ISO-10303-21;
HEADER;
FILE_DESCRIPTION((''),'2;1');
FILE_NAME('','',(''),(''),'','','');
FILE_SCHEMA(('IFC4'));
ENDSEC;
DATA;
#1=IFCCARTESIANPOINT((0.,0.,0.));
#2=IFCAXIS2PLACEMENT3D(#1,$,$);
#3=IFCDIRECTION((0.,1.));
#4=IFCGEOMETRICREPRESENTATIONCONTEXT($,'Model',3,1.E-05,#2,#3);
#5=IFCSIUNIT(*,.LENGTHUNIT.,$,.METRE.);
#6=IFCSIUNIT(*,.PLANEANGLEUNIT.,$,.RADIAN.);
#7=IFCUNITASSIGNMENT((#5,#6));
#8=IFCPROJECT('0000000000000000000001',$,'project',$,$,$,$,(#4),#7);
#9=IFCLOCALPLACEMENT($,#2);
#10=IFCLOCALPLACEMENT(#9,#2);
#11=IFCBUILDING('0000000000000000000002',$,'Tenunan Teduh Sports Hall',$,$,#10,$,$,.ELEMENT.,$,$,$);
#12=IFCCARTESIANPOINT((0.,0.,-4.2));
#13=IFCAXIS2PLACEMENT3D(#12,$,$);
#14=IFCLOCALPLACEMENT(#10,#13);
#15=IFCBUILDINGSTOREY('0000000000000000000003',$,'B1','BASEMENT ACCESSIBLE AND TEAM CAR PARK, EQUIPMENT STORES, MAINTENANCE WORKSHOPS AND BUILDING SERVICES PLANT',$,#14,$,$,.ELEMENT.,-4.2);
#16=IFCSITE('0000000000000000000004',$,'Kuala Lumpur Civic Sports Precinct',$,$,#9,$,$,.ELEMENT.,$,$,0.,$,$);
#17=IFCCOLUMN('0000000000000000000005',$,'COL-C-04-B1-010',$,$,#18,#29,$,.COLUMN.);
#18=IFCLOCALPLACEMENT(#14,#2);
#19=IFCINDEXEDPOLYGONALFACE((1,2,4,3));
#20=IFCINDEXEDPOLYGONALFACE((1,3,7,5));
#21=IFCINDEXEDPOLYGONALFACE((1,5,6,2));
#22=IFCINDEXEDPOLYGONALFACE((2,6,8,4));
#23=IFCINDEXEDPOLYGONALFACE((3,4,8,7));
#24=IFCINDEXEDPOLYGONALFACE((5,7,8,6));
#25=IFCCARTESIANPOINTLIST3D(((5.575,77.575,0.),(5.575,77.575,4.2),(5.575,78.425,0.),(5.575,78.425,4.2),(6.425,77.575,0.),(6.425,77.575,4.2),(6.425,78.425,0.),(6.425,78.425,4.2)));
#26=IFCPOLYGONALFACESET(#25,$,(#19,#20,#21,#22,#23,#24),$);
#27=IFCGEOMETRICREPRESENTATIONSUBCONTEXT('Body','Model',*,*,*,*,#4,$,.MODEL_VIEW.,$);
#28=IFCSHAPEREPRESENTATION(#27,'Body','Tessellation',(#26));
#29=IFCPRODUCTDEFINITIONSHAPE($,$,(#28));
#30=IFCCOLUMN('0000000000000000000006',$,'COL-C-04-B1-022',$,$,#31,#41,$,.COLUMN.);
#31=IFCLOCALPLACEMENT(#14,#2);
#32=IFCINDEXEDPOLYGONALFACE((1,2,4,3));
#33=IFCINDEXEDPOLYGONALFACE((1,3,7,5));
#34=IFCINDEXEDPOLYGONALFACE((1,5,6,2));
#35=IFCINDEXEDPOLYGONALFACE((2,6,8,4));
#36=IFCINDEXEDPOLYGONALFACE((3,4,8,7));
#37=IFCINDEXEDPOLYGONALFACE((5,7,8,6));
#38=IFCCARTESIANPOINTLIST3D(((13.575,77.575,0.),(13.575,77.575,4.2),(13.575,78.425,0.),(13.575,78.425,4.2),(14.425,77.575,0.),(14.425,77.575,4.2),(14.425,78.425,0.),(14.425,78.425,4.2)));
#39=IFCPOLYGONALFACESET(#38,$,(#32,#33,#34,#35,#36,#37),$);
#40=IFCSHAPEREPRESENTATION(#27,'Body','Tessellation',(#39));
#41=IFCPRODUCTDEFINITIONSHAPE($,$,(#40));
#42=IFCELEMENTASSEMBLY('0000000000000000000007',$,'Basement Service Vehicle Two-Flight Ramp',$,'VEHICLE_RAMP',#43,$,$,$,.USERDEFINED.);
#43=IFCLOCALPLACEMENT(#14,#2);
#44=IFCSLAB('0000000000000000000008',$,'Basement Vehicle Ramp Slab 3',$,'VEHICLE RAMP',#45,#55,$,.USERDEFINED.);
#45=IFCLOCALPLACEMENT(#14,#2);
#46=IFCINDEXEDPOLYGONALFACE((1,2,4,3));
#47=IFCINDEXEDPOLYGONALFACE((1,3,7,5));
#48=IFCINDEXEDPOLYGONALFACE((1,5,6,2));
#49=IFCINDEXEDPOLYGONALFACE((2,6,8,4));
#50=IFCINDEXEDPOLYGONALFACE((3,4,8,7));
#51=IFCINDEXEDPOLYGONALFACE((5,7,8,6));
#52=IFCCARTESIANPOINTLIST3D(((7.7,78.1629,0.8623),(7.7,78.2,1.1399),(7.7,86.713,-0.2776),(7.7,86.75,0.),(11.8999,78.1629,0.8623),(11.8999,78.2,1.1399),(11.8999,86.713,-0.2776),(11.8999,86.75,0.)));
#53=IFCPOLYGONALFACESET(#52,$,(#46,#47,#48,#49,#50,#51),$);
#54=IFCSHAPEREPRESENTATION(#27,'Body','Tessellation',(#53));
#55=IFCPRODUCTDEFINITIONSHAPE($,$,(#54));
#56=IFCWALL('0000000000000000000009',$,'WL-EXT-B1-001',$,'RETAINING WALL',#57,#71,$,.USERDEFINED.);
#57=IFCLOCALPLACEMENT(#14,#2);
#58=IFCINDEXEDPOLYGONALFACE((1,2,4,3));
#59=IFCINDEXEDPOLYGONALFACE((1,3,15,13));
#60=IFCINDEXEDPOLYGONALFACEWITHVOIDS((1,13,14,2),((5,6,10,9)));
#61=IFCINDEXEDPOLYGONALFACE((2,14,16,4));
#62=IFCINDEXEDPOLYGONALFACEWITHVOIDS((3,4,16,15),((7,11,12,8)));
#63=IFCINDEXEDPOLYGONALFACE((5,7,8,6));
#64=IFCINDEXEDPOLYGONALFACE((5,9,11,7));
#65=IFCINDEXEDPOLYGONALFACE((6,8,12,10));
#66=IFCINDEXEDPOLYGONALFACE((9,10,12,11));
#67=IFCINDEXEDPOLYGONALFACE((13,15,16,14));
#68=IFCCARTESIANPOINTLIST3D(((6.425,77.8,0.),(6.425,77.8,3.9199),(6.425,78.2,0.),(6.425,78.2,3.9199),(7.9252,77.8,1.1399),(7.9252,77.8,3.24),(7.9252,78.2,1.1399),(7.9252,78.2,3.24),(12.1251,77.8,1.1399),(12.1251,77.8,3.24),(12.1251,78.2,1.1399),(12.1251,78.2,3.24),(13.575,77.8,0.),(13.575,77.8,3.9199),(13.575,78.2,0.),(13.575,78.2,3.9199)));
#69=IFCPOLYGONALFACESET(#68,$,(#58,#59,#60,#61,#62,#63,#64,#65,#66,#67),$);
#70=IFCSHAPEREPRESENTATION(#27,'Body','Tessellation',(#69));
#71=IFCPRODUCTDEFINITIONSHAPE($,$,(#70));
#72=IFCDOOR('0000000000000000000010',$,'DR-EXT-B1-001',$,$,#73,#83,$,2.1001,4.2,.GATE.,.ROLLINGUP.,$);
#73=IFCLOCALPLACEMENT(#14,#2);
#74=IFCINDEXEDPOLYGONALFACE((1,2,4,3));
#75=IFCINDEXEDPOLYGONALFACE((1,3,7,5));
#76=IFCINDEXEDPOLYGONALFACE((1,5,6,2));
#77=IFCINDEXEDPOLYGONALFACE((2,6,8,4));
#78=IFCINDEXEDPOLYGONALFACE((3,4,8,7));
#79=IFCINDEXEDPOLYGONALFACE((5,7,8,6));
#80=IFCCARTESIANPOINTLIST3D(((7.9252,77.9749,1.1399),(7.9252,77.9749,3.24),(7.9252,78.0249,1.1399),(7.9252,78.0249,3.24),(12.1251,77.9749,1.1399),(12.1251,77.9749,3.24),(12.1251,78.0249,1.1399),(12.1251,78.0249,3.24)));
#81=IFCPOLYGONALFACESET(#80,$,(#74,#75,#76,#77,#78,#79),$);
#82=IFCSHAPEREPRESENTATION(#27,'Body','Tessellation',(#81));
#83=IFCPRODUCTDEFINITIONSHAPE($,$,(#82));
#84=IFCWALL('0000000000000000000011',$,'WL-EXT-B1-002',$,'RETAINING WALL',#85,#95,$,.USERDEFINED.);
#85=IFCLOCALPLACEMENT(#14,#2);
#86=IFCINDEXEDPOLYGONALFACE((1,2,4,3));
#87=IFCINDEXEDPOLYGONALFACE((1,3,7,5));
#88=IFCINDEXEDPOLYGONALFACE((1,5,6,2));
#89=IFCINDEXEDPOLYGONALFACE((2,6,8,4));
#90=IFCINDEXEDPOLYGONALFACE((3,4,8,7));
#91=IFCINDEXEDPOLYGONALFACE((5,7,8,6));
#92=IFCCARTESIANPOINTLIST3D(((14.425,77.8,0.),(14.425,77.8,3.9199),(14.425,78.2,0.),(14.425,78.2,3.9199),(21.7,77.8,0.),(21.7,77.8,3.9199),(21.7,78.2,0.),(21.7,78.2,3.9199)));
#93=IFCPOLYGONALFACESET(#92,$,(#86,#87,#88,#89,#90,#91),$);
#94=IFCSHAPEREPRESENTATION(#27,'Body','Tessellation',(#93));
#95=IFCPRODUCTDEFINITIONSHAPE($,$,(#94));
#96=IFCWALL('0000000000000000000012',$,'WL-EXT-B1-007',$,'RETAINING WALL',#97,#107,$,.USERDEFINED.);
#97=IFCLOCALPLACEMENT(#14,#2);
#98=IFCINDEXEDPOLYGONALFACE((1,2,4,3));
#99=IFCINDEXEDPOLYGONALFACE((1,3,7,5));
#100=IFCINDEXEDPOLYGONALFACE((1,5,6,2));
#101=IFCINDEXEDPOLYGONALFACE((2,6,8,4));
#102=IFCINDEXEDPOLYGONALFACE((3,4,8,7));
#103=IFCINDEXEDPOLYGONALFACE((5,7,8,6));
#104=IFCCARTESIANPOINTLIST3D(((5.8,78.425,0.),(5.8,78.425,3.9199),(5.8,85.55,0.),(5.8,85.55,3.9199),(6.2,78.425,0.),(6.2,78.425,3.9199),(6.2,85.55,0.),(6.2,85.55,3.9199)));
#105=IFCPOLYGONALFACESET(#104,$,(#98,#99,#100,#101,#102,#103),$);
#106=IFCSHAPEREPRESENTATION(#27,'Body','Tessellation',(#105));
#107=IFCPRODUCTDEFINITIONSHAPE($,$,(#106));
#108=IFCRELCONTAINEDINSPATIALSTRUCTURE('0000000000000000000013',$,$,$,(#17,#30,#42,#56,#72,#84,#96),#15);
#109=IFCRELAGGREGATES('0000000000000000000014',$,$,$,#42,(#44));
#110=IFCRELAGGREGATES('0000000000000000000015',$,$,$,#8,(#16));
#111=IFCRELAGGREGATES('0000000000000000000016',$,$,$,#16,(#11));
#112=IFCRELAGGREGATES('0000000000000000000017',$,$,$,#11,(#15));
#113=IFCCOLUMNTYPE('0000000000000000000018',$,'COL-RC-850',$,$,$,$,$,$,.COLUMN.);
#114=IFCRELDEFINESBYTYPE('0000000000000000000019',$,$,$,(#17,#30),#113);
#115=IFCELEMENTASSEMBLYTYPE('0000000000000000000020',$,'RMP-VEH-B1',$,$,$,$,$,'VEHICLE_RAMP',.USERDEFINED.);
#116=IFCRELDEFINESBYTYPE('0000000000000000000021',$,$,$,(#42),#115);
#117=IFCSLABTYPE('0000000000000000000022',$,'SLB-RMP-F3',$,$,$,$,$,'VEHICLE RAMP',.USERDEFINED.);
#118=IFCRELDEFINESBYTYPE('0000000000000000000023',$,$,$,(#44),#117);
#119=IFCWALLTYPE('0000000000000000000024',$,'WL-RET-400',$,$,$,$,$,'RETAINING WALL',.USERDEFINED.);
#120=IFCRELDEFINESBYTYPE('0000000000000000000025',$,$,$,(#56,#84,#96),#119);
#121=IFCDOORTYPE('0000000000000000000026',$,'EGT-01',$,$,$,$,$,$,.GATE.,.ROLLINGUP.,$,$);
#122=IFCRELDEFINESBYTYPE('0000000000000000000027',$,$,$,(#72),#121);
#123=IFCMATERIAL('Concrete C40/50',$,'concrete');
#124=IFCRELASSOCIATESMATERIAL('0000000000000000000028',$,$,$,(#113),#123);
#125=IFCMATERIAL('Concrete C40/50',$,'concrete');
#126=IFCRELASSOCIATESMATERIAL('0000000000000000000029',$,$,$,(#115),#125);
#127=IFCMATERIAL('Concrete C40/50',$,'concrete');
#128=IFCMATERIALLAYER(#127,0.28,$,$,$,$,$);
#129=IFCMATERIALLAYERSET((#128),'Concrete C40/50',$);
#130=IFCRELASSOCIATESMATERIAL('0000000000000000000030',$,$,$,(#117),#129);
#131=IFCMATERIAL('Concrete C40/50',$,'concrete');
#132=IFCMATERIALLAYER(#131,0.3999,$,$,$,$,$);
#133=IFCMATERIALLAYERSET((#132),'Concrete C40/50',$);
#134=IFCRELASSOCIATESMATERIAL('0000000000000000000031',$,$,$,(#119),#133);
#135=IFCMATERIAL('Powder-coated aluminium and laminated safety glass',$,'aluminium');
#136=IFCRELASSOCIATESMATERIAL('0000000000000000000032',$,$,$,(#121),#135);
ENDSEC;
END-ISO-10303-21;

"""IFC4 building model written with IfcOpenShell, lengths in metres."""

from ifc_helpers import new_model, si_unit, direction, frame, frame_2d, origin, origin_2d, place, context, subcontext, project, spatial, polyline, rectangle, outline, extrude, material, layer, layer_set, material_profile, profile_set, type_object, element, fill, aggregate, save


model = new_model("IFC4")

# Units and contexts
model_context = context("Model", 3, precision=1e-05, world=origin(), true_north=direction((0.0, 1.0)))
body_context = subcontext(model_context, "Body", "Model", "MODEL_VIEW")
ifc_project = project(units=[si_unit("LENGTHUNIT", "METRE"), si_unit("PLANEANGLEUNIT", "RADIAN")], contexts=[model_context])

# Site, building, storey
site_placement = place(None, origin())
site = spatial("IfcSite", under=ifc_project, at=site_placement, Name="Kuala Lumpur Civic Sports Precinct", CompositionType="ELEMENT", RefElevation=0.0)
building_placement = place(site_placement, origin())
building = spatial("IfcBuilding", under=site, at=building_placement, Name="Tenunan Teduh Sports Hall", CompositionType="ELEMENT")
storey_placement = place(building_placement, frame((0.0, 0.0, -4.2)))
storey = spatial("IfcBuildingStorey", under=building, at=storey_placement, Name="B1", Description="BASEMENT ACCESSIBLE AND TEAM CAR PARK, EQUIPMENT STORES, MAINTENANCE WORKSHOPS AND BUILDING SERVICES PLANT", CompositionType="ELEMENT", Elevation=-4.2)

# Columns
ifc_material_1 = material(Name="Concrete C40/50", Category="concrete")
ifc_material_profile_1 = material_profile(ifc_material_1, rectangle(XDim=0.8501, YDim=0.8501, at=origin_2d()), Name="RC 850x850")
ifc_profile_set_1 = profile_set([ifc_material_profile_1], Name="Concrete C40/50")
column_type_1 = type_object("IfcColumnType", Name="COL-RC-850", PredefinedType="COLUMN", material=ifc_profile_set_1)
for number, where, z_axis, x_axis, name in (
    (1, (6.0, 78.0, 0.0), (0.0, 0.0, 1.0), (1.0, 0.0, 0.0), "COL-C-04-B1-010"),
    (2, (14.0, 78.0, 0.0), (0.0, 0.0, 1.0), (1.0, 0.0, 0.0), "COL-C-04-B1-022"),
):
    element("IfcColumn", number, at=place(storey_placement, frame(where, z_axis=z_axis, x_axis=x_axis)), inside=storey, type_object=column_type_1, Name=name, PredefinedType="COLUMN", context=body_context, shape_type="SweptSolid", body=[
        extrude(rectangle(XDim=0.8501, YDim=0.8501, at=origin_2d()), origin(), (0.0, 0.0, 1.0), 4.2),
    ])

# Element assembly, slab
ifc_material_2 = material(Name="Concrete C40/50", Category="concrete")
element_assembly_type = type_object("IfcElementAssemblyType", Name="RMP-VEH-B1", ElementType="VEHICLE_RAMP", PredefinedType="USERDEFINED", material=ifc_material_2)
assembly_placement = place(storey_placement, origin())
assembly = element("IfcElementAssembly", 3, at=assembly_placement, inside=storey, type_object=element_assembly_type, Name="Basement Service Vehicle Two-Flight Ramp", ObjectType="VEHICLE_RAMP", PredefinedType="USERDEFINED")
ifc_material_3 = material(Name="Concrete C40/50", Category="concrete")
ifc_layer_1 = layer(ifc_material_3, 0.28)
ifc_layer_set_1 = layer_set([ifc_layer_1], Name="Concrete C40/50")
slab_type = type_object("IfcSlabType", Name="SLB-RMP-F3", ElementType="VEHICLE RAMP", PredefinedType="USERDEFINED", material=ifc_layer_set_1)
slab_placement = place(storey_placement, frame((7.7, 78.2, 1.1399), z_axis=(0.0, 0.132151, 0.99123), x_axis=(1.0, 0.0, 0.0)))
slab = element("IfcSlab", 4, at=slab_placement, type_object=slab_type, Name="Basement Vehicle Ramp Slab 3", ObjectType="VEHICLE RAMP", PredefinedType="USERDEFINED", context=body_context, shape_type="SweptSolid", body=[
    extrude(outline(polyline([(0.0, 0.0), (4.2, 0.0), (4.2, 8.6257), (0.0, 8.6257), (0.0, 0.0)])), origin(), (0.0, 0.0, -1.0), 0.28),
])

# Wall, opening, door
ifc_material_4 = material(Name="Concrete C40/50", Category="concrete")
ifc_layer_2 = layer(ifc_material_4, 0.3999)
ifc_layer_set_2 = layer_set([ifc_layer_2], Name="Concrete C40/50")
wall_type = type_object("IfcWallType", Name="WL-RET-400", ElementType="RETAINING WALL", PredefinedType="USERDEFINED", material=ifc_layer_set_2)
wall_1_placement = place(storey_placement, frame((6.425, 78.0, 0.0), z_axis=(0.0, 0.0, 1.0), x_axis=(1.0, 0.0, 0.0)))
wall_1 = element("IfcWall", 5, at=wall_1_placement, inside=storey, type_object=wall_type, Name="WL-EXT-B1-001", ObjectType="RETAINING WALL", PredefinedType="USERDEFINED", context=body_context, shape_type="SweptSolid", body=[
    extrude(rectangle(XDim=7.1499, YDim=0.3999, at=frame_2d((3.575, 0.0))), origin(), (0.0, 0.0, 1.0), 3.9199),
])
opening_placement = place(wall_1_placement, frame((1.5, 0.0, 1.1399)))
opening = element("IfcOpeningElement", 6, at=opening_placement, cuts=wall_1, PredefinedType="OPENING", context=body_context, shape_type="SweptSolid", body=[
    extrude(rectangle(XDim=4.2, YDim=2.1001, at=frame_2d((2.1001, 1.05))), frame((0.0, 0.21, 0.0), z_axis=(0.0, -1.0, 0.0), x_axis=(1.0, 0.0, 0.0)), (0.0, 0.0, 1.0), 0.4199),
])
ifc_material_5 = material(Name="Powder-coated aluminium and laminated safety glass", Category="aluminium")
door_type = type_object("IfcDoorType", Name="EGT-01", OperationType="ROLLINGUP", PredefinedType="GATE", material=ifc_material_5)
door_placement = place(opening_placement, origin())
door = element("IfcDoor", 7, at=door_placement, inside=storey, type_object=door_type, Name="DR-EXT-B1-001", OperationType="ROLLINGUP", OverallHeight=2.1001, OverallWidth=4.2, PredefinedType="GATE", context=body_context, shape_type="SweptSolid", body=[
    extrude(rectangle(XDim=4.2, YDim=2.1001, at=frame_2d((2.1001, 1.05))), frame((0.0, 0.0249, 0.0), z_axis=(0.0, -1.0, 0.0), x_axis=(1.0, 0.0, 0.0)), (0.0, 0.0, 1.0), 0.05),
])
fill(opening, door)

# Walls
wall_2_placement = place(storey_placement, frame((14.425, 78.0, 0.0), z_axis=(0.0, 0.0, 1.0), x_axis=(1.0, 0.0, 0.0)))
element("IfcWall", 8, at=wall_2_placement, inside=storey, type_object=wall_type, Name="WL-EXT-B1-002", ObjectType="RETAINING WALL", PredefinedType="USERDEFINED", context=body_context, shape_type="SweptSolid", body=[
    extrude(rectangle(XDim=7.2749, YDim=0.3999, at=frame_2d((3.6375, 0.0))), origin(), (0.0, 0.0, 1.0), 3.9199),
])
wall_3_placement = place(storey_placement, frame((6.0, 78.425, 0.0), z_axis=(0.0, 0.0, 1.0), x_axis=(0.0, 1.0, 0.0)))
element("IfcWall", 9, at=wall_3_placement, inside=storey, type_object=wall_type, Name="WL-EXT-B1-007", ObjectType="RETAINING WALL", PredefinedType="USERDEFINED", context=body_context, shape_type="SweptSolid", body=[
    extrude(rectangle(XDim=7.125, YDim=0.3999, at=frame_2d((3.5625, 0.0))), origin(), (0.0, 0.0, 1.0), 3.9199),
])

aggregate(assembly, [slab])

save(model, "model.ifc")
